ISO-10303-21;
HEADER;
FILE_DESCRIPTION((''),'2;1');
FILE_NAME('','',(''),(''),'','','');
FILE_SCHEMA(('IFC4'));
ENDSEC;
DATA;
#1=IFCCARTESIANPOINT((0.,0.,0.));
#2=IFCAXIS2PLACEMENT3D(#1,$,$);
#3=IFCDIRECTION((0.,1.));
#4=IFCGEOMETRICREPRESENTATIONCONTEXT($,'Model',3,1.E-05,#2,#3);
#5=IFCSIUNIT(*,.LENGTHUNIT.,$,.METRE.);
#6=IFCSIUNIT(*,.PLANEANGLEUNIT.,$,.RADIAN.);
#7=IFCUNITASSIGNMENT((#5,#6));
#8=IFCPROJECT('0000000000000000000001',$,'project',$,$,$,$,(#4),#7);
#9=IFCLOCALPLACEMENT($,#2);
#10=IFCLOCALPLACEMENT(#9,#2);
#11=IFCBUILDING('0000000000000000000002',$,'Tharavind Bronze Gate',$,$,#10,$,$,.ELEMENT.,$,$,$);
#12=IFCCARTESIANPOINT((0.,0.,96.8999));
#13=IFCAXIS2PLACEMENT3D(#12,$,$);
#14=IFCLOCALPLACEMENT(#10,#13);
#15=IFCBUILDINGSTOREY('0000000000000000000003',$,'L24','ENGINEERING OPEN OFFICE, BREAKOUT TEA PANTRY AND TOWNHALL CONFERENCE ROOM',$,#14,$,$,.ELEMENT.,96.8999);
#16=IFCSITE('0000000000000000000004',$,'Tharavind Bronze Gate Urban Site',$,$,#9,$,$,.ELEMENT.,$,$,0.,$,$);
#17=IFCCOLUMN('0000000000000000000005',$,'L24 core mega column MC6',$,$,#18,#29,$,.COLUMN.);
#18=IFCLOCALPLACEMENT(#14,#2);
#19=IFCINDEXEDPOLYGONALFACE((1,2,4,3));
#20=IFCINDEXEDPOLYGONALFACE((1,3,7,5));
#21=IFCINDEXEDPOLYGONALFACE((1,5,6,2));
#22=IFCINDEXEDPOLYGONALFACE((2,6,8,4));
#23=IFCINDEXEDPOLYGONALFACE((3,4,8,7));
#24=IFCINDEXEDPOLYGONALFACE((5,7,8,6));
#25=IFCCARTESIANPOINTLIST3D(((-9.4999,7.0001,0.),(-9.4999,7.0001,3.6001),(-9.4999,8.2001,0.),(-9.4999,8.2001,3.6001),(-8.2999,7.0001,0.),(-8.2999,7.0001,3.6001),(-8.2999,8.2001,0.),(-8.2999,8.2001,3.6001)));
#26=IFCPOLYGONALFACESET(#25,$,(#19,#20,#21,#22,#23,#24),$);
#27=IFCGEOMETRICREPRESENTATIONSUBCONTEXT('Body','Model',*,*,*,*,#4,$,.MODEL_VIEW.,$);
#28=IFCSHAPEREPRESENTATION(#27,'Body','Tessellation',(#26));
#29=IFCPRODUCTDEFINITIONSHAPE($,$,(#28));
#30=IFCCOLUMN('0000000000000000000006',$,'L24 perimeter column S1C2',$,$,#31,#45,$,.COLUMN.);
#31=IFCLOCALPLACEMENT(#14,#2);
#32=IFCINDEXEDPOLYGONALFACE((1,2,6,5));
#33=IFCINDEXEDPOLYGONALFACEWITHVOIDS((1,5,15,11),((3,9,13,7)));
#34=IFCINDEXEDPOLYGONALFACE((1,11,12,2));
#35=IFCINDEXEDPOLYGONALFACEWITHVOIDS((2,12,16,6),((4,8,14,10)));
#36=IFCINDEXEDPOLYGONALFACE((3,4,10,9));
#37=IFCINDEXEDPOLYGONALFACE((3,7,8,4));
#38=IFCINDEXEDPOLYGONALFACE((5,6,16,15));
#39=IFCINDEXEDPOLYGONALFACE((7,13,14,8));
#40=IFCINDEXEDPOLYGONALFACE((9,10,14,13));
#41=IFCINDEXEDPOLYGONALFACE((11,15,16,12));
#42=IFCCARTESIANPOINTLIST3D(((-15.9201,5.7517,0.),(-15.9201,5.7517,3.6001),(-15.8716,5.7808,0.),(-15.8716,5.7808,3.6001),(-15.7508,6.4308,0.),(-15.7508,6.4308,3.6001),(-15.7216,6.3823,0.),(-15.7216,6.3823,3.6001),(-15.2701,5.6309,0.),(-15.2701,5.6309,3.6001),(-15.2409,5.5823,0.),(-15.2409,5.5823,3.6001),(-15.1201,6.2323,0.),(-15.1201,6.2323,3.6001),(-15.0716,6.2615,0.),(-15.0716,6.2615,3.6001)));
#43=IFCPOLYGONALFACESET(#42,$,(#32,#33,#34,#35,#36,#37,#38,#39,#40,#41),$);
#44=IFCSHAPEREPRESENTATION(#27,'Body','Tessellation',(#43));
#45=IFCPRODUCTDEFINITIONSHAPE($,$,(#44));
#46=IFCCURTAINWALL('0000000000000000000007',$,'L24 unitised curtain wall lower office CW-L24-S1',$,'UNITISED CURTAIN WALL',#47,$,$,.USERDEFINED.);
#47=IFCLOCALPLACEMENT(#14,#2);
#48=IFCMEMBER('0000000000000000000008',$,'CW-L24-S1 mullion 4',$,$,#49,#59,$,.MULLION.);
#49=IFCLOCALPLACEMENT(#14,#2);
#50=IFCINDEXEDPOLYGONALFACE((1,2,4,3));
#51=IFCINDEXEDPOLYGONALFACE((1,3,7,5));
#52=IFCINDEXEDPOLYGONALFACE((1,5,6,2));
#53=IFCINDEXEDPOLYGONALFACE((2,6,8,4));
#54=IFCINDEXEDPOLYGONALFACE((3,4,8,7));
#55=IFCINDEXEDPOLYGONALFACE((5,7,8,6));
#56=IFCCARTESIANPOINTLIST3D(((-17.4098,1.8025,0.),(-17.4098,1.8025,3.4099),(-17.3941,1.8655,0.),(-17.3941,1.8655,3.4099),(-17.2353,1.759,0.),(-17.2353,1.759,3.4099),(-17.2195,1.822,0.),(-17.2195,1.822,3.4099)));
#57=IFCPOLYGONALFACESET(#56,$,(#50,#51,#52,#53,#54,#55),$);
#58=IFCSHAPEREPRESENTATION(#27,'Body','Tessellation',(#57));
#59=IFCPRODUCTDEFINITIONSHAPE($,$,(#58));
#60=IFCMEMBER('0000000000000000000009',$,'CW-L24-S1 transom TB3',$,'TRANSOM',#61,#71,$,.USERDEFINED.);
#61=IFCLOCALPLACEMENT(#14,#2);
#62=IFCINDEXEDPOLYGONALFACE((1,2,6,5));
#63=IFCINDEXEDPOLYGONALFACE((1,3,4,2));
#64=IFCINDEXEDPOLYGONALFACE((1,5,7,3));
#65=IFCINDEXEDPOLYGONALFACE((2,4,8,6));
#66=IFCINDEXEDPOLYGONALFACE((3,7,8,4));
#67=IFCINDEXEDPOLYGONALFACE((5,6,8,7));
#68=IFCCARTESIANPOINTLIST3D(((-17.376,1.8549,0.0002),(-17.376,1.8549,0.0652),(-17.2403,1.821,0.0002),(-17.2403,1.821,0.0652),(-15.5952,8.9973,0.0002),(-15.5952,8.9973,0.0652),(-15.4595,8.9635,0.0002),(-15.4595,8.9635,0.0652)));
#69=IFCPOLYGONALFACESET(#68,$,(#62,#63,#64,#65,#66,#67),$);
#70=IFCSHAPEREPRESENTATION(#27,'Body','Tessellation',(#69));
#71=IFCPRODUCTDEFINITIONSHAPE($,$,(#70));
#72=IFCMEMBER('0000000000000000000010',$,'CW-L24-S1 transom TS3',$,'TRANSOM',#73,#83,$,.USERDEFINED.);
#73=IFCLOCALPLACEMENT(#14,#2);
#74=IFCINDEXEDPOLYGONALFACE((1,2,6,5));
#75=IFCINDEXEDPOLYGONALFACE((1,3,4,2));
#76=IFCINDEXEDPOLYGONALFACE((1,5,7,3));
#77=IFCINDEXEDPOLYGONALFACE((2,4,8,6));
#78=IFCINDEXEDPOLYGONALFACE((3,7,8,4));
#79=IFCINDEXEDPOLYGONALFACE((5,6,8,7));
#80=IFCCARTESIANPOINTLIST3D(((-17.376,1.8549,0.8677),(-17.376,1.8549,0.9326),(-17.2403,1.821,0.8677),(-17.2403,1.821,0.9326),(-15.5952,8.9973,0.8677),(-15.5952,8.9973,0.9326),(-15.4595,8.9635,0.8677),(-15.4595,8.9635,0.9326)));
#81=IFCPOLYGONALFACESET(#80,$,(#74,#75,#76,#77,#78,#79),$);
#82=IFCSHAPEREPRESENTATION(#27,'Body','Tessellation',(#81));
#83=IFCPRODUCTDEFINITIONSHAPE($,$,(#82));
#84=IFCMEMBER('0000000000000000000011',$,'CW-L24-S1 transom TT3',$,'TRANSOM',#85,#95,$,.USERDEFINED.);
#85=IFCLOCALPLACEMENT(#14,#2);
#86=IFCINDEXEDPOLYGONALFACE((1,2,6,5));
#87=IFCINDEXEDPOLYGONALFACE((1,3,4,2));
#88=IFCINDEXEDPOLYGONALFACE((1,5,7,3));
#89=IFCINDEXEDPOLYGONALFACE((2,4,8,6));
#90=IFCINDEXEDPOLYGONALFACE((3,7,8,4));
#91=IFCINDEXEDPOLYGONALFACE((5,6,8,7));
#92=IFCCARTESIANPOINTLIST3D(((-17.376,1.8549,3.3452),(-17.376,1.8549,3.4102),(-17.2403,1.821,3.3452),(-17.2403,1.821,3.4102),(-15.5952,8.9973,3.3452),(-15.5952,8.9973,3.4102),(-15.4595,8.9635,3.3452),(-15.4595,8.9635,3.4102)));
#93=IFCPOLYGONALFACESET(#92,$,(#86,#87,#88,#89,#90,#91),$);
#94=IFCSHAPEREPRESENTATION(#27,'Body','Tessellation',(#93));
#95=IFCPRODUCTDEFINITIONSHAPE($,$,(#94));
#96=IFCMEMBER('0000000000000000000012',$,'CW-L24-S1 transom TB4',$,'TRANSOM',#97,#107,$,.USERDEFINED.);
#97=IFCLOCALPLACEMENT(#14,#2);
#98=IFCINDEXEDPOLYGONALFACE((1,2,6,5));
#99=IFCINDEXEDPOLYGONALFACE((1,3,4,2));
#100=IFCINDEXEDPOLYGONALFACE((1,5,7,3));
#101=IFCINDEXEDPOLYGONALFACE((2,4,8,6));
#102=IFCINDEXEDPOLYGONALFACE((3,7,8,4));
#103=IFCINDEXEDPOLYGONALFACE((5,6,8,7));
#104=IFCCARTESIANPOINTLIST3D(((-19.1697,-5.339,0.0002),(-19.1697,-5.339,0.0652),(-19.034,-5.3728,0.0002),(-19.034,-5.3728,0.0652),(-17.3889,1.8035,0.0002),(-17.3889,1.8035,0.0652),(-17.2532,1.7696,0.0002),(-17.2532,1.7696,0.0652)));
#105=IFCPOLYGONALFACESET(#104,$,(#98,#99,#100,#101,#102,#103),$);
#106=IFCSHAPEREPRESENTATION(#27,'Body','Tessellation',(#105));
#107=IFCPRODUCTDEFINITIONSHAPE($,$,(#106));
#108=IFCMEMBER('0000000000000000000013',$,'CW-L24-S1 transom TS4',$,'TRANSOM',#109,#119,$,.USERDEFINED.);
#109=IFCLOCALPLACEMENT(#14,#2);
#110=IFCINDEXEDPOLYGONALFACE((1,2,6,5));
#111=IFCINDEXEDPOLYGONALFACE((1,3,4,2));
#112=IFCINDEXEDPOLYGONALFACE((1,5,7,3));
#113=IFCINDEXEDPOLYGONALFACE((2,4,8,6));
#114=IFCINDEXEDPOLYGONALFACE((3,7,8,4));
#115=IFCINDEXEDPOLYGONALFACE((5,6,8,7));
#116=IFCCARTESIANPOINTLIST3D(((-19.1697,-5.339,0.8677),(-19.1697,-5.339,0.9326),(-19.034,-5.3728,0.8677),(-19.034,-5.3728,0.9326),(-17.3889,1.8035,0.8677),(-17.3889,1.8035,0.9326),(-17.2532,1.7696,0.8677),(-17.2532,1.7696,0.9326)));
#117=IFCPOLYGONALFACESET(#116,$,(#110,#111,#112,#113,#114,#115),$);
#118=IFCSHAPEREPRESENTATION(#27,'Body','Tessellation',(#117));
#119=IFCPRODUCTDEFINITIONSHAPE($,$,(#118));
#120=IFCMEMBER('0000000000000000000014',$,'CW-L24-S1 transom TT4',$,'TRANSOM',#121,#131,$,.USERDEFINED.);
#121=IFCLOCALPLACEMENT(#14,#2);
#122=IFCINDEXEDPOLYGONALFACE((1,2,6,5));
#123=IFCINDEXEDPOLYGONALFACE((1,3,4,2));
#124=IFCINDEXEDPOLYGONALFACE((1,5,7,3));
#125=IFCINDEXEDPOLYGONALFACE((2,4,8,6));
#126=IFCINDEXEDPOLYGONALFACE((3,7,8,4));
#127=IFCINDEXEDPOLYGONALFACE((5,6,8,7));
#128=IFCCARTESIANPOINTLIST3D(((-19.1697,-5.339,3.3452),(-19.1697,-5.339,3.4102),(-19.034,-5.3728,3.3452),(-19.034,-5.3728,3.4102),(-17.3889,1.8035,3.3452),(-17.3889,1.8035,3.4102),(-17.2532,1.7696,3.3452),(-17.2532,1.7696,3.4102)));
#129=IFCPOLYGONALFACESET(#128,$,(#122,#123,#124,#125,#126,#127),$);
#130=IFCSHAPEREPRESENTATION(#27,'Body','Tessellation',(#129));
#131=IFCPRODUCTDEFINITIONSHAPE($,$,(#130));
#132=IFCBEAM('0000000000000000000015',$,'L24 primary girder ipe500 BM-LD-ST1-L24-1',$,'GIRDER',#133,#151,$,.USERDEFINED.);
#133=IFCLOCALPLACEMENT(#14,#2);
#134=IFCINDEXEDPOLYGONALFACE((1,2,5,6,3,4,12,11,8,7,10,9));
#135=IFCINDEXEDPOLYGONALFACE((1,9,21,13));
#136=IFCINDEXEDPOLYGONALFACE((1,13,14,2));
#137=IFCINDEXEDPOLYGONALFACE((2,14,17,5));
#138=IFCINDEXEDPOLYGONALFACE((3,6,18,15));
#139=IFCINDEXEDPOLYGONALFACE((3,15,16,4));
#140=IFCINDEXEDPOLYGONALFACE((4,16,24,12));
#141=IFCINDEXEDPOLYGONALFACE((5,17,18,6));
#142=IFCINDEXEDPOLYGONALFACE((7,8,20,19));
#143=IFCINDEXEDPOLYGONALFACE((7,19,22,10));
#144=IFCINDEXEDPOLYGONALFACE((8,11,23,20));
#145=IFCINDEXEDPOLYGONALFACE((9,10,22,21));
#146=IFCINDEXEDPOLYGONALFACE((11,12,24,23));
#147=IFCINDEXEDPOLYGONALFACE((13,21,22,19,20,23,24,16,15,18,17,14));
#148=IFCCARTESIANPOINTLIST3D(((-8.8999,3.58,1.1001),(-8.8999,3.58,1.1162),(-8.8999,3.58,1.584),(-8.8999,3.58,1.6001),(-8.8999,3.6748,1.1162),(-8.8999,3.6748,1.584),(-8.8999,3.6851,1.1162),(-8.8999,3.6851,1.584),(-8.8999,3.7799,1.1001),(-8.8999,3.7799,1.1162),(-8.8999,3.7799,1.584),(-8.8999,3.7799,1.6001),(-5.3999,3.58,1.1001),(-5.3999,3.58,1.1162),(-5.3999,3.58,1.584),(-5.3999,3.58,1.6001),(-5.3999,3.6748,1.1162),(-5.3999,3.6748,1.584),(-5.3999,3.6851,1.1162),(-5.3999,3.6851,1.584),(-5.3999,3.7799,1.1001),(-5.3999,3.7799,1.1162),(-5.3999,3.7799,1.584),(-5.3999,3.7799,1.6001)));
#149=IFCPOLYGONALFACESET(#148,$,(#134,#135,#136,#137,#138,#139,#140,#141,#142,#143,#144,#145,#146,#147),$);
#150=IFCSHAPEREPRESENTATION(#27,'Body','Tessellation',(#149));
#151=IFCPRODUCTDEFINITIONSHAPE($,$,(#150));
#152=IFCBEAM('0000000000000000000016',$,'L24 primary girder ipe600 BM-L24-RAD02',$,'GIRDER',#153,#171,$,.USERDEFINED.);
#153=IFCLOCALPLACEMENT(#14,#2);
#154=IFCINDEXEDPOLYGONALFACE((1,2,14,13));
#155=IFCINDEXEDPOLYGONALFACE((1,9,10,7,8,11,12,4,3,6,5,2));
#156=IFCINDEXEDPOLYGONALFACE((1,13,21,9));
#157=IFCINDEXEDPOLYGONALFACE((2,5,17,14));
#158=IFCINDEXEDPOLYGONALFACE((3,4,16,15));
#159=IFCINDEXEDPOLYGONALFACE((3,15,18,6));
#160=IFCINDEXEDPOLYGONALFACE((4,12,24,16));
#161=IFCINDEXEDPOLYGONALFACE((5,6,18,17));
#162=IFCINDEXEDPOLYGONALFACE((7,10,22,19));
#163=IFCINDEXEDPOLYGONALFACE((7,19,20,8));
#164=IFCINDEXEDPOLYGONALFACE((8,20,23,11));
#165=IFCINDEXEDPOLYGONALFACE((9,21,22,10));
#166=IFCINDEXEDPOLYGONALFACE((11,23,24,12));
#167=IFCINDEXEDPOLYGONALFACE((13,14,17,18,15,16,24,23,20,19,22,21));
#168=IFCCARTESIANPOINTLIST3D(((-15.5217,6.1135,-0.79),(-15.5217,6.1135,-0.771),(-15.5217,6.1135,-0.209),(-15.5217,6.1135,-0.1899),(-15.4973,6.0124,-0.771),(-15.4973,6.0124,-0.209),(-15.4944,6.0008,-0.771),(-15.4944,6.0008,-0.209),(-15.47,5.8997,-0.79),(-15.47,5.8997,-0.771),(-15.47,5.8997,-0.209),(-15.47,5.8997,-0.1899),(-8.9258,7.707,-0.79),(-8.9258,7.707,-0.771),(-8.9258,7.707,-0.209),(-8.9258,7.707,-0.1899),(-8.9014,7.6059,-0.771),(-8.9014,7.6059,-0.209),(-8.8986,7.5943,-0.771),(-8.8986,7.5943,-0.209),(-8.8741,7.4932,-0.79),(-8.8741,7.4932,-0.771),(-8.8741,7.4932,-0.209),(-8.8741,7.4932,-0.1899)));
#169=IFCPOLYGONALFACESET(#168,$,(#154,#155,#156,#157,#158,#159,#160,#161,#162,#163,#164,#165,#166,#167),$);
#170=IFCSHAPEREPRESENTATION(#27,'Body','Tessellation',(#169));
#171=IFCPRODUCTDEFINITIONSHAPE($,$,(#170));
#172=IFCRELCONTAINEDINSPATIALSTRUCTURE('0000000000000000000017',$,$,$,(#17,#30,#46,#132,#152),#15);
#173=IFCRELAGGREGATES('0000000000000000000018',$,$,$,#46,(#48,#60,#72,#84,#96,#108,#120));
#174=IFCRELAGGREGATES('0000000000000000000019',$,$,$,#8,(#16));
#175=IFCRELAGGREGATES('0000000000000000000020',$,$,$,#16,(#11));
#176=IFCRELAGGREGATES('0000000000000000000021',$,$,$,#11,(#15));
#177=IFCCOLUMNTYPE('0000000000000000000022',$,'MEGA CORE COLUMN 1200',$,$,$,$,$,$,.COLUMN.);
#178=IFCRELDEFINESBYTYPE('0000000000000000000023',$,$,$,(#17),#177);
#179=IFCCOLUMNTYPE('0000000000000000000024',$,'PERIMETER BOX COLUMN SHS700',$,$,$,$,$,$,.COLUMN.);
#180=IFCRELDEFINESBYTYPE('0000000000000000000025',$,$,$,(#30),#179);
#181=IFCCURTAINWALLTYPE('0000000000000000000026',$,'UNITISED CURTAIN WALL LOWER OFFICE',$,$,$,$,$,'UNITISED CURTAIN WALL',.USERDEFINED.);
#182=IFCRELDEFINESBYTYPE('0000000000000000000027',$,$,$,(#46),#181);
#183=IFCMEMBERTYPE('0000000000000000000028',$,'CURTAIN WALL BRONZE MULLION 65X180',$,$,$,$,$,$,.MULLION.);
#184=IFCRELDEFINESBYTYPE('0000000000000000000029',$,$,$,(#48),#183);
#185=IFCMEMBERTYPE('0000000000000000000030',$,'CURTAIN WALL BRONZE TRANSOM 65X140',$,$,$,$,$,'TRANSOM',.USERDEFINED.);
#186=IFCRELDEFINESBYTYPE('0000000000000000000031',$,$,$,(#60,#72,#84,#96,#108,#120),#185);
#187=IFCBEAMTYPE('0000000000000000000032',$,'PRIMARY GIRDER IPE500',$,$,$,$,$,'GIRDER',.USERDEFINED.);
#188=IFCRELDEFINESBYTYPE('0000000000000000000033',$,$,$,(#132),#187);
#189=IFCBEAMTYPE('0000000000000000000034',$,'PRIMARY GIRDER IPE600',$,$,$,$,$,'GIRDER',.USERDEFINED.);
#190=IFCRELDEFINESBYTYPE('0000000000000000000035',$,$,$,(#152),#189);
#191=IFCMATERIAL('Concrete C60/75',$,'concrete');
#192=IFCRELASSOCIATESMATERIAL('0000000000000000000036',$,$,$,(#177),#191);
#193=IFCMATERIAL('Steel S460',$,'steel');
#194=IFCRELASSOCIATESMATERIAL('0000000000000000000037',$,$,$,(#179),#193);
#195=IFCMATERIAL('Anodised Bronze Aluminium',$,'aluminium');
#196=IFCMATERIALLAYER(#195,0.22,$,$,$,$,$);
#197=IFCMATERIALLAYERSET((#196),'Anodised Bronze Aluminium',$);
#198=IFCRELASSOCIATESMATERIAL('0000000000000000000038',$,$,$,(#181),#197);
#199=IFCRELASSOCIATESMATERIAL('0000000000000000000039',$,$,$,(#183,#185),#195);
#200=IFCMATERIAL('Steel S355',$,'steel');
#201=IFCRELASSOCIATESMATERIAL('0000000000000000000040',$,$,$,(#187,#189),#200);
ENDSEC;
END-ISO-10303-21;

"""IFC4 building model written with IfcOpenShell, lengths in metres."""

from ifc_helpers import new_model, si_unit, direction, frame, origin, origin_2d, place, context, subcontext, project, spatial, rectangle, hollow_rectangle, i_section, extrude, material, layer, layer_set, material_profile, profile_set, type_object, element, aggregate, save


model = new_model("IFC4")

# Units and contexts
model_context = context("Model", 3, precision=1e-05, world=origin(), true_north=direction((0.0, 1.0)))
body_context = subcontext(model_context, "Body", "Model", "MODEL_VIEW")
ifc_project = project(units=[si_unit("LENGTHUNIT", "METRE"), si_unit("PLANEANGLEUNIT", "RADIAN")], contexts=[model_context])

# Site, building, storey
site_placement = place(None, origin())
site = spatial("IfcSite", under=ifc_project, at=site_placement, Name="Tharavind Bronze Gate Urban Site", CompositionType="ELEMENT", RefElevation=0.0)
building_placement = place(site_placement, origin())
building = spatial("IfcBuilding", under=site, at=building_placement, Name="Tharavind Bronze Gate", CompositionType="ELEMENT")
storey_placement = place(building_placement, frame((0.0, 0.0, 96.8999)))
storey = spatial("IfcBuildingStorey", under=building, at=storey_placement, Name="L24", Description="ENGINEERING OPEN OFFICE, BREAKOUT TEA PANTRY AND TOWNHALL CONFERENCE ROOM", CompositionType="ELEMENT", Elevation=96.8999)

# Columns
ifc_material_1 = material(Name="Concrete C60/75", Category="concrete")
ifc_material_profile_1 = material_profile(ifc_material_1, rectangle(XDim=1.2, YDim=1.2, at=origin_2d()), Name="RCCOL1200")
ifc_profile_set_1 = profile_set([ifc_material_profile_1], Name="Concrete C60/75")
column_type_1 = type_object("IfcColumnType", Name="MEGA CORE COLUMN 1200", PredefinedType="COLUMN", material=ifc_profile_set_1)
column_1_placement = place(storey_placement, frame((-8.8999, 7.6001, 0.0), z_axis=(0.0, 0.0, 1.0), x_axis=(1.0, 0.0, 0.0)))
element("IfcColumn", 1, at=column_1_placement, inside=storey, type_object=column_type_1, Name="L24 core mega column MC6", PredefinedType="COLUMN", context=body_context, shape_type="SweptSolid", body=[
    extrude(rectangle(XDim=1.2, YDim=1.2, at=origin_2d()), origin(), (0.0, 0.0, 1.0), 3.6001),
])
ifc_material_2 = material(Name="Steel S460", Category="steel")
ifc_material_profile_2 = material_profile(ifc_material_2, hollow_rectangle(XDim=0.7, YDim=0.7, WallThickness=0.04, at=origin_2d()), Name="SHS700X40")
ifc_profile_set_2 = profile_set([ifc_material_profile_2], Name="Steel S460")
column_type_2 = type_object("IfcColumnType", Name="PERIMETER BOX COLUMN SHS700", PredefinedType="COLUMN", material=ifc_profile_set_2)
column_2_placement = place(storey_placement, frame((-15.4958, 6.0066, 0.0), z_axis=(0.0, 0.0, 1.0), x_axis=(0.241922, 0.970296, 0.0)))
element("IfcColumn", 2, at=column_2_placement, inside=storey, type_object=column_type_2, Name="L24 perimeter column S1C2", PredefinedType="COLUMN", context=body_context, shape_type="SweptSolid", body=[
    extrude(hollow_rectangle(XDim=0.7, YDim=0.7, WallThickness=0.04, at=origin_2d()), origin(), (0.0, 0.0, 1.0), 3.6001),
])

# Curtain wall, members
ifc_material_3 = material(Name="Anodised Bronze Aluminium", Category="aluminium")
ifc_layer_1 = layer(ifc_material_3, 0.22)
ifc_layer_set_1 = layer_set([ifc_layer_1], Name="Anodised Bronze Aluminium")
curtain_wall_type = type_object("IfcCurtainWallType", Name="UNITISED CURTAIN WALL LOWER OFFICE", ElementType="UNITISED CURTAIN WALL", PredefinedType="USERDEFINED", material=ifc_layer_set_1)
curtain_wall_placement = place(storey_placement, origin())
curtain_wall = element("IfcCurtainWall", 3, at=curtain_wall_placement, inside=storey, type_object=curtain_wall_type, Name="L24 unitised curtain wall lower office CW-L24-S1", ObjectType="UNITISED CURTAIN WALL", PredefinedType="USERDEFINED")
member_type_1 = type_object("IfcMemberType", Name="CURTAIN WALL BRONZE MULLION 65X180", PredefinedType="MULLION", material=ifc_material_3)
member_1_placement = place(storey_placement, frame((-17.3147, 1.8123, 0.0), z_axis=(0.0, 0.0, 1.0), x_axis=(-0.241922, -0.970296, 0.0)))
member_1 = element("IfcMember", 4, at=member_1_placement, type_object=member_type_1, Name="CW-L24-S1 mullion 4", PredefinedType="MULLION", context=body_context, shape_type="SweptSolid", body=[
    extrude(rectangle(XDim=0.0649, YDim=0.1799, at=origin_2d()), origin(), (0.0, 0.0, 1.0), 3.4099),
])
member_type_2 = type_object("IfcMemberType", Name="CURTAIN WALL BRONZE TRANSOM 65X140", ElementType="TRANSOM", PredefinedType="USERDEFINED", material=ifc_material_3)
member_2_placement = place(storey_placement, frame((-16.4177, 5.4092, 0.0002), z_axis=(0.0, 0.0, 1.0), x_axis=(-0.241922, -0.970296, 0.0)))
member_2 = element("IfcMember", 5, at=member_2_placement, type_object=member_type_2, Name="CW-L24-S1 transom TB3", ObjectType="TRANSOM", PredefinedType="USERDEFINED", context=body_context, shape_type="SweptSolid", body=[
    extrude(rectangle(XDim=7.3611, YDim=0.1399, at=origin_2d()), origin(), (0.0, 0.0, 1.0), 0.0649),
])
member_3_placement = place(storey_placement, frame((-16.4177, 5.4092, 0.8677), z_axis=(0.0, 0.0, 1.0), x_axis=(-0.241922, -0.970296, 0.0)))
member_3 = element("IfcMember", 6, at=member_3_placement, type_object=member_type_2, Name="CW-L24-S1 transom TS3", ObjectType="TRANSOM", PredefinedType="USERDEFINED", context=body_context, shape_type="SweptSolid", body=[
    extrude(rectangle(XDim=7.3611, YDim=0.1399, at=origin_2d()), origin(), (0.0, 0.0, 1.0), 0.0649),
])
member_4_placement = place(storey_placement, frame((-16.4177, 5.4092, 3.3452), z_axis=(0.0, 0.0, 1.0), x_axis=(-0.241922, -0.970296, 0.0)))
member_4 = element("IfcMember", 7, at=member_4_placement, type_object=member_type_2, Name="CW-L24-S1 transom TT3", ObjectType="TRANSOM", PredefinedType="USERDEFINED", context=body_context, shape_type="SweptSolid", body=[
    extrude(rectangle(XDim=7.3611, YDim=0.1399, at=origin_2d()), origin(), (0.0, 0.0, 1.0), 0.0649),
])
member_5_placement = place(storey_placement, frame((-18.2114, -1.7847, 0.0002), z_axis=(0.0, 0.0, 1.0), x_axis=(-0.241922, -0.970296, 0.0)))
member_5 = element("IfcMember", 8, at=member_5_placement, type_object=member_type_2, Name="CW-L24-S1 transom TB4", ObjectType="TRANSOM", PredefinedType="USERDEFINED", context=body_context, shape_type="SweptSolid", body=[
    extrude(rectangle(XDim=7.3611, YDim=0.1399, at=origin_2d()), origin(), (0.0, 0.0, 1.0), 0.0649),
])
member_6_placement = place(storey_placement, frame((-18.2114, -1.7847, 0.8677), z_axis=(0.0, 0.0, 1.0), x_axis=(-0.241922, -0.970296, 0.0)))
member_6 = element("IfcMember", 9, at=member_6_placement, type_object=member_type_2, Name="CW-L24-S1 transom TS4", ObjectType="TRANSOM", PredefinedType="USERDEFINED", context=body_context, shape_type="SweptSolid", body=[
    extrude(rectangle(XDim=7.3611, YDim=0.1399, at=origin_2d()), origin(), (0.0, 0.0, 1.0), 0.0649),
])
member_7_placement = place(storey_placement, frame((-18.2114, -1.7847, 3.3452), z_axis=(0.0, 0.0, 1.0), x_axis=(-0.241922, -0.970296, 0.0)))
member_7 = element("IfcMember", 10, at=member_7_placement, type_object=member_type_2, Name="CW-L24-S1 transom TT4", ObjectType="TRANSOM", PredefinedType="USERDEFINED", context=body_context, shape_type="SweptSolid", body=[
    extrude(rectangle(XDim=7.3611, YDim=0.1399, at=origin_2d()), origin(), (0.0, 0.0, 1.0), 0.0649),
])

# Beams
ifc_material_4 = material(Name="Steel S355", Category="steel")
ifc_material_profile_3 = material_profile(ifc_material_4, i_section(OverallWidth=0.2, OverallDepth=0.5, WebThickness=0.0103, FlangeThickness=0.0161, at=origin_2d()), Name="IPE500")
ifc_profile_set_3 = profile_set([ifc_material_profile_3], Name="Steel S355")
beam_type_1 = type_object("IfcBeamType", Name="PRIMARY GIRDER IPE500", ElementType="GIRDER", PredefinedType="USERDEFINED", material=ifc_profile_set_3)
beam_1_placement = place(storey_placement, frame((-8.8999, 3.6799, 1.3501), z_axis=(1.0, 0.0, 0.0), x_axis=(0.0, 1.0, 0.0)))
element("IfcBeam", 11, at=beam_1_placement, inside=storey, type_object=beam_type_1, Name="L24 primary girder ipe500 BM-LD-ST1-L24-1", ObjectType="GIRDER", PredefinedType="USERDEFINED", context=body_context, shape_type="SweptSolid", body=[
    extrude(i_section(OverallWidth=0.2, OverallDepth=0.5, WebThickness=0.0103, FlangeThickness=0.0161, at=origin_2d()), origin(), (0.0, 0.0, 1.0), 3.5),
])
ifc_material_profile_4 = material_profile(ifc_material_4, i_section(OverallWidth=0.22, OverallDepth=0.6001, WebThickness=0.012, FlangeThickness=0.019, at=origin_2d()), Name="IPE600")
ifc_profile_set_4 = profile_set([ifc_material_profile_4], Name="Steel S355")
beam_type_2 = type_object("IfcBeamType", Name="PRIMARY GIRDER IPE600", ElementType="GIRDER", PredefinedType="USERDEFINED", material=ifc_profile_set_4)
beam_2_placement = place(storey_placement, frame((-15.4958, 6.0066, -0.49), z_axis=(0.972036, 0.234833, 0.0), x_axis=(-0.234833, 0.972036, 0.0)))
element("IfcBeam", 12, at=beam_2_placement, inside=storey, type_object=beam_type_2, Name="L24 primary girder ipe600 BM-L24-RAD02", ObjectType="GIRDER", PredefinedType="USERDEFINED", context=body_context, shape_type="SweptSolid", body=[
    extrude(i_section(OverallWidth=0.22, OverallDepth=0.6001, WebThickness=0.012, FlangeThickness=0.019, at=origin_2d()), origin(), (0.0, 0.0, 1.0), 6.7856),
])

aggregate(curtain_wall, [member_1, member_2, member_3, member_4, member_5, member_6, member_7])

save(model, "model.ifc")
